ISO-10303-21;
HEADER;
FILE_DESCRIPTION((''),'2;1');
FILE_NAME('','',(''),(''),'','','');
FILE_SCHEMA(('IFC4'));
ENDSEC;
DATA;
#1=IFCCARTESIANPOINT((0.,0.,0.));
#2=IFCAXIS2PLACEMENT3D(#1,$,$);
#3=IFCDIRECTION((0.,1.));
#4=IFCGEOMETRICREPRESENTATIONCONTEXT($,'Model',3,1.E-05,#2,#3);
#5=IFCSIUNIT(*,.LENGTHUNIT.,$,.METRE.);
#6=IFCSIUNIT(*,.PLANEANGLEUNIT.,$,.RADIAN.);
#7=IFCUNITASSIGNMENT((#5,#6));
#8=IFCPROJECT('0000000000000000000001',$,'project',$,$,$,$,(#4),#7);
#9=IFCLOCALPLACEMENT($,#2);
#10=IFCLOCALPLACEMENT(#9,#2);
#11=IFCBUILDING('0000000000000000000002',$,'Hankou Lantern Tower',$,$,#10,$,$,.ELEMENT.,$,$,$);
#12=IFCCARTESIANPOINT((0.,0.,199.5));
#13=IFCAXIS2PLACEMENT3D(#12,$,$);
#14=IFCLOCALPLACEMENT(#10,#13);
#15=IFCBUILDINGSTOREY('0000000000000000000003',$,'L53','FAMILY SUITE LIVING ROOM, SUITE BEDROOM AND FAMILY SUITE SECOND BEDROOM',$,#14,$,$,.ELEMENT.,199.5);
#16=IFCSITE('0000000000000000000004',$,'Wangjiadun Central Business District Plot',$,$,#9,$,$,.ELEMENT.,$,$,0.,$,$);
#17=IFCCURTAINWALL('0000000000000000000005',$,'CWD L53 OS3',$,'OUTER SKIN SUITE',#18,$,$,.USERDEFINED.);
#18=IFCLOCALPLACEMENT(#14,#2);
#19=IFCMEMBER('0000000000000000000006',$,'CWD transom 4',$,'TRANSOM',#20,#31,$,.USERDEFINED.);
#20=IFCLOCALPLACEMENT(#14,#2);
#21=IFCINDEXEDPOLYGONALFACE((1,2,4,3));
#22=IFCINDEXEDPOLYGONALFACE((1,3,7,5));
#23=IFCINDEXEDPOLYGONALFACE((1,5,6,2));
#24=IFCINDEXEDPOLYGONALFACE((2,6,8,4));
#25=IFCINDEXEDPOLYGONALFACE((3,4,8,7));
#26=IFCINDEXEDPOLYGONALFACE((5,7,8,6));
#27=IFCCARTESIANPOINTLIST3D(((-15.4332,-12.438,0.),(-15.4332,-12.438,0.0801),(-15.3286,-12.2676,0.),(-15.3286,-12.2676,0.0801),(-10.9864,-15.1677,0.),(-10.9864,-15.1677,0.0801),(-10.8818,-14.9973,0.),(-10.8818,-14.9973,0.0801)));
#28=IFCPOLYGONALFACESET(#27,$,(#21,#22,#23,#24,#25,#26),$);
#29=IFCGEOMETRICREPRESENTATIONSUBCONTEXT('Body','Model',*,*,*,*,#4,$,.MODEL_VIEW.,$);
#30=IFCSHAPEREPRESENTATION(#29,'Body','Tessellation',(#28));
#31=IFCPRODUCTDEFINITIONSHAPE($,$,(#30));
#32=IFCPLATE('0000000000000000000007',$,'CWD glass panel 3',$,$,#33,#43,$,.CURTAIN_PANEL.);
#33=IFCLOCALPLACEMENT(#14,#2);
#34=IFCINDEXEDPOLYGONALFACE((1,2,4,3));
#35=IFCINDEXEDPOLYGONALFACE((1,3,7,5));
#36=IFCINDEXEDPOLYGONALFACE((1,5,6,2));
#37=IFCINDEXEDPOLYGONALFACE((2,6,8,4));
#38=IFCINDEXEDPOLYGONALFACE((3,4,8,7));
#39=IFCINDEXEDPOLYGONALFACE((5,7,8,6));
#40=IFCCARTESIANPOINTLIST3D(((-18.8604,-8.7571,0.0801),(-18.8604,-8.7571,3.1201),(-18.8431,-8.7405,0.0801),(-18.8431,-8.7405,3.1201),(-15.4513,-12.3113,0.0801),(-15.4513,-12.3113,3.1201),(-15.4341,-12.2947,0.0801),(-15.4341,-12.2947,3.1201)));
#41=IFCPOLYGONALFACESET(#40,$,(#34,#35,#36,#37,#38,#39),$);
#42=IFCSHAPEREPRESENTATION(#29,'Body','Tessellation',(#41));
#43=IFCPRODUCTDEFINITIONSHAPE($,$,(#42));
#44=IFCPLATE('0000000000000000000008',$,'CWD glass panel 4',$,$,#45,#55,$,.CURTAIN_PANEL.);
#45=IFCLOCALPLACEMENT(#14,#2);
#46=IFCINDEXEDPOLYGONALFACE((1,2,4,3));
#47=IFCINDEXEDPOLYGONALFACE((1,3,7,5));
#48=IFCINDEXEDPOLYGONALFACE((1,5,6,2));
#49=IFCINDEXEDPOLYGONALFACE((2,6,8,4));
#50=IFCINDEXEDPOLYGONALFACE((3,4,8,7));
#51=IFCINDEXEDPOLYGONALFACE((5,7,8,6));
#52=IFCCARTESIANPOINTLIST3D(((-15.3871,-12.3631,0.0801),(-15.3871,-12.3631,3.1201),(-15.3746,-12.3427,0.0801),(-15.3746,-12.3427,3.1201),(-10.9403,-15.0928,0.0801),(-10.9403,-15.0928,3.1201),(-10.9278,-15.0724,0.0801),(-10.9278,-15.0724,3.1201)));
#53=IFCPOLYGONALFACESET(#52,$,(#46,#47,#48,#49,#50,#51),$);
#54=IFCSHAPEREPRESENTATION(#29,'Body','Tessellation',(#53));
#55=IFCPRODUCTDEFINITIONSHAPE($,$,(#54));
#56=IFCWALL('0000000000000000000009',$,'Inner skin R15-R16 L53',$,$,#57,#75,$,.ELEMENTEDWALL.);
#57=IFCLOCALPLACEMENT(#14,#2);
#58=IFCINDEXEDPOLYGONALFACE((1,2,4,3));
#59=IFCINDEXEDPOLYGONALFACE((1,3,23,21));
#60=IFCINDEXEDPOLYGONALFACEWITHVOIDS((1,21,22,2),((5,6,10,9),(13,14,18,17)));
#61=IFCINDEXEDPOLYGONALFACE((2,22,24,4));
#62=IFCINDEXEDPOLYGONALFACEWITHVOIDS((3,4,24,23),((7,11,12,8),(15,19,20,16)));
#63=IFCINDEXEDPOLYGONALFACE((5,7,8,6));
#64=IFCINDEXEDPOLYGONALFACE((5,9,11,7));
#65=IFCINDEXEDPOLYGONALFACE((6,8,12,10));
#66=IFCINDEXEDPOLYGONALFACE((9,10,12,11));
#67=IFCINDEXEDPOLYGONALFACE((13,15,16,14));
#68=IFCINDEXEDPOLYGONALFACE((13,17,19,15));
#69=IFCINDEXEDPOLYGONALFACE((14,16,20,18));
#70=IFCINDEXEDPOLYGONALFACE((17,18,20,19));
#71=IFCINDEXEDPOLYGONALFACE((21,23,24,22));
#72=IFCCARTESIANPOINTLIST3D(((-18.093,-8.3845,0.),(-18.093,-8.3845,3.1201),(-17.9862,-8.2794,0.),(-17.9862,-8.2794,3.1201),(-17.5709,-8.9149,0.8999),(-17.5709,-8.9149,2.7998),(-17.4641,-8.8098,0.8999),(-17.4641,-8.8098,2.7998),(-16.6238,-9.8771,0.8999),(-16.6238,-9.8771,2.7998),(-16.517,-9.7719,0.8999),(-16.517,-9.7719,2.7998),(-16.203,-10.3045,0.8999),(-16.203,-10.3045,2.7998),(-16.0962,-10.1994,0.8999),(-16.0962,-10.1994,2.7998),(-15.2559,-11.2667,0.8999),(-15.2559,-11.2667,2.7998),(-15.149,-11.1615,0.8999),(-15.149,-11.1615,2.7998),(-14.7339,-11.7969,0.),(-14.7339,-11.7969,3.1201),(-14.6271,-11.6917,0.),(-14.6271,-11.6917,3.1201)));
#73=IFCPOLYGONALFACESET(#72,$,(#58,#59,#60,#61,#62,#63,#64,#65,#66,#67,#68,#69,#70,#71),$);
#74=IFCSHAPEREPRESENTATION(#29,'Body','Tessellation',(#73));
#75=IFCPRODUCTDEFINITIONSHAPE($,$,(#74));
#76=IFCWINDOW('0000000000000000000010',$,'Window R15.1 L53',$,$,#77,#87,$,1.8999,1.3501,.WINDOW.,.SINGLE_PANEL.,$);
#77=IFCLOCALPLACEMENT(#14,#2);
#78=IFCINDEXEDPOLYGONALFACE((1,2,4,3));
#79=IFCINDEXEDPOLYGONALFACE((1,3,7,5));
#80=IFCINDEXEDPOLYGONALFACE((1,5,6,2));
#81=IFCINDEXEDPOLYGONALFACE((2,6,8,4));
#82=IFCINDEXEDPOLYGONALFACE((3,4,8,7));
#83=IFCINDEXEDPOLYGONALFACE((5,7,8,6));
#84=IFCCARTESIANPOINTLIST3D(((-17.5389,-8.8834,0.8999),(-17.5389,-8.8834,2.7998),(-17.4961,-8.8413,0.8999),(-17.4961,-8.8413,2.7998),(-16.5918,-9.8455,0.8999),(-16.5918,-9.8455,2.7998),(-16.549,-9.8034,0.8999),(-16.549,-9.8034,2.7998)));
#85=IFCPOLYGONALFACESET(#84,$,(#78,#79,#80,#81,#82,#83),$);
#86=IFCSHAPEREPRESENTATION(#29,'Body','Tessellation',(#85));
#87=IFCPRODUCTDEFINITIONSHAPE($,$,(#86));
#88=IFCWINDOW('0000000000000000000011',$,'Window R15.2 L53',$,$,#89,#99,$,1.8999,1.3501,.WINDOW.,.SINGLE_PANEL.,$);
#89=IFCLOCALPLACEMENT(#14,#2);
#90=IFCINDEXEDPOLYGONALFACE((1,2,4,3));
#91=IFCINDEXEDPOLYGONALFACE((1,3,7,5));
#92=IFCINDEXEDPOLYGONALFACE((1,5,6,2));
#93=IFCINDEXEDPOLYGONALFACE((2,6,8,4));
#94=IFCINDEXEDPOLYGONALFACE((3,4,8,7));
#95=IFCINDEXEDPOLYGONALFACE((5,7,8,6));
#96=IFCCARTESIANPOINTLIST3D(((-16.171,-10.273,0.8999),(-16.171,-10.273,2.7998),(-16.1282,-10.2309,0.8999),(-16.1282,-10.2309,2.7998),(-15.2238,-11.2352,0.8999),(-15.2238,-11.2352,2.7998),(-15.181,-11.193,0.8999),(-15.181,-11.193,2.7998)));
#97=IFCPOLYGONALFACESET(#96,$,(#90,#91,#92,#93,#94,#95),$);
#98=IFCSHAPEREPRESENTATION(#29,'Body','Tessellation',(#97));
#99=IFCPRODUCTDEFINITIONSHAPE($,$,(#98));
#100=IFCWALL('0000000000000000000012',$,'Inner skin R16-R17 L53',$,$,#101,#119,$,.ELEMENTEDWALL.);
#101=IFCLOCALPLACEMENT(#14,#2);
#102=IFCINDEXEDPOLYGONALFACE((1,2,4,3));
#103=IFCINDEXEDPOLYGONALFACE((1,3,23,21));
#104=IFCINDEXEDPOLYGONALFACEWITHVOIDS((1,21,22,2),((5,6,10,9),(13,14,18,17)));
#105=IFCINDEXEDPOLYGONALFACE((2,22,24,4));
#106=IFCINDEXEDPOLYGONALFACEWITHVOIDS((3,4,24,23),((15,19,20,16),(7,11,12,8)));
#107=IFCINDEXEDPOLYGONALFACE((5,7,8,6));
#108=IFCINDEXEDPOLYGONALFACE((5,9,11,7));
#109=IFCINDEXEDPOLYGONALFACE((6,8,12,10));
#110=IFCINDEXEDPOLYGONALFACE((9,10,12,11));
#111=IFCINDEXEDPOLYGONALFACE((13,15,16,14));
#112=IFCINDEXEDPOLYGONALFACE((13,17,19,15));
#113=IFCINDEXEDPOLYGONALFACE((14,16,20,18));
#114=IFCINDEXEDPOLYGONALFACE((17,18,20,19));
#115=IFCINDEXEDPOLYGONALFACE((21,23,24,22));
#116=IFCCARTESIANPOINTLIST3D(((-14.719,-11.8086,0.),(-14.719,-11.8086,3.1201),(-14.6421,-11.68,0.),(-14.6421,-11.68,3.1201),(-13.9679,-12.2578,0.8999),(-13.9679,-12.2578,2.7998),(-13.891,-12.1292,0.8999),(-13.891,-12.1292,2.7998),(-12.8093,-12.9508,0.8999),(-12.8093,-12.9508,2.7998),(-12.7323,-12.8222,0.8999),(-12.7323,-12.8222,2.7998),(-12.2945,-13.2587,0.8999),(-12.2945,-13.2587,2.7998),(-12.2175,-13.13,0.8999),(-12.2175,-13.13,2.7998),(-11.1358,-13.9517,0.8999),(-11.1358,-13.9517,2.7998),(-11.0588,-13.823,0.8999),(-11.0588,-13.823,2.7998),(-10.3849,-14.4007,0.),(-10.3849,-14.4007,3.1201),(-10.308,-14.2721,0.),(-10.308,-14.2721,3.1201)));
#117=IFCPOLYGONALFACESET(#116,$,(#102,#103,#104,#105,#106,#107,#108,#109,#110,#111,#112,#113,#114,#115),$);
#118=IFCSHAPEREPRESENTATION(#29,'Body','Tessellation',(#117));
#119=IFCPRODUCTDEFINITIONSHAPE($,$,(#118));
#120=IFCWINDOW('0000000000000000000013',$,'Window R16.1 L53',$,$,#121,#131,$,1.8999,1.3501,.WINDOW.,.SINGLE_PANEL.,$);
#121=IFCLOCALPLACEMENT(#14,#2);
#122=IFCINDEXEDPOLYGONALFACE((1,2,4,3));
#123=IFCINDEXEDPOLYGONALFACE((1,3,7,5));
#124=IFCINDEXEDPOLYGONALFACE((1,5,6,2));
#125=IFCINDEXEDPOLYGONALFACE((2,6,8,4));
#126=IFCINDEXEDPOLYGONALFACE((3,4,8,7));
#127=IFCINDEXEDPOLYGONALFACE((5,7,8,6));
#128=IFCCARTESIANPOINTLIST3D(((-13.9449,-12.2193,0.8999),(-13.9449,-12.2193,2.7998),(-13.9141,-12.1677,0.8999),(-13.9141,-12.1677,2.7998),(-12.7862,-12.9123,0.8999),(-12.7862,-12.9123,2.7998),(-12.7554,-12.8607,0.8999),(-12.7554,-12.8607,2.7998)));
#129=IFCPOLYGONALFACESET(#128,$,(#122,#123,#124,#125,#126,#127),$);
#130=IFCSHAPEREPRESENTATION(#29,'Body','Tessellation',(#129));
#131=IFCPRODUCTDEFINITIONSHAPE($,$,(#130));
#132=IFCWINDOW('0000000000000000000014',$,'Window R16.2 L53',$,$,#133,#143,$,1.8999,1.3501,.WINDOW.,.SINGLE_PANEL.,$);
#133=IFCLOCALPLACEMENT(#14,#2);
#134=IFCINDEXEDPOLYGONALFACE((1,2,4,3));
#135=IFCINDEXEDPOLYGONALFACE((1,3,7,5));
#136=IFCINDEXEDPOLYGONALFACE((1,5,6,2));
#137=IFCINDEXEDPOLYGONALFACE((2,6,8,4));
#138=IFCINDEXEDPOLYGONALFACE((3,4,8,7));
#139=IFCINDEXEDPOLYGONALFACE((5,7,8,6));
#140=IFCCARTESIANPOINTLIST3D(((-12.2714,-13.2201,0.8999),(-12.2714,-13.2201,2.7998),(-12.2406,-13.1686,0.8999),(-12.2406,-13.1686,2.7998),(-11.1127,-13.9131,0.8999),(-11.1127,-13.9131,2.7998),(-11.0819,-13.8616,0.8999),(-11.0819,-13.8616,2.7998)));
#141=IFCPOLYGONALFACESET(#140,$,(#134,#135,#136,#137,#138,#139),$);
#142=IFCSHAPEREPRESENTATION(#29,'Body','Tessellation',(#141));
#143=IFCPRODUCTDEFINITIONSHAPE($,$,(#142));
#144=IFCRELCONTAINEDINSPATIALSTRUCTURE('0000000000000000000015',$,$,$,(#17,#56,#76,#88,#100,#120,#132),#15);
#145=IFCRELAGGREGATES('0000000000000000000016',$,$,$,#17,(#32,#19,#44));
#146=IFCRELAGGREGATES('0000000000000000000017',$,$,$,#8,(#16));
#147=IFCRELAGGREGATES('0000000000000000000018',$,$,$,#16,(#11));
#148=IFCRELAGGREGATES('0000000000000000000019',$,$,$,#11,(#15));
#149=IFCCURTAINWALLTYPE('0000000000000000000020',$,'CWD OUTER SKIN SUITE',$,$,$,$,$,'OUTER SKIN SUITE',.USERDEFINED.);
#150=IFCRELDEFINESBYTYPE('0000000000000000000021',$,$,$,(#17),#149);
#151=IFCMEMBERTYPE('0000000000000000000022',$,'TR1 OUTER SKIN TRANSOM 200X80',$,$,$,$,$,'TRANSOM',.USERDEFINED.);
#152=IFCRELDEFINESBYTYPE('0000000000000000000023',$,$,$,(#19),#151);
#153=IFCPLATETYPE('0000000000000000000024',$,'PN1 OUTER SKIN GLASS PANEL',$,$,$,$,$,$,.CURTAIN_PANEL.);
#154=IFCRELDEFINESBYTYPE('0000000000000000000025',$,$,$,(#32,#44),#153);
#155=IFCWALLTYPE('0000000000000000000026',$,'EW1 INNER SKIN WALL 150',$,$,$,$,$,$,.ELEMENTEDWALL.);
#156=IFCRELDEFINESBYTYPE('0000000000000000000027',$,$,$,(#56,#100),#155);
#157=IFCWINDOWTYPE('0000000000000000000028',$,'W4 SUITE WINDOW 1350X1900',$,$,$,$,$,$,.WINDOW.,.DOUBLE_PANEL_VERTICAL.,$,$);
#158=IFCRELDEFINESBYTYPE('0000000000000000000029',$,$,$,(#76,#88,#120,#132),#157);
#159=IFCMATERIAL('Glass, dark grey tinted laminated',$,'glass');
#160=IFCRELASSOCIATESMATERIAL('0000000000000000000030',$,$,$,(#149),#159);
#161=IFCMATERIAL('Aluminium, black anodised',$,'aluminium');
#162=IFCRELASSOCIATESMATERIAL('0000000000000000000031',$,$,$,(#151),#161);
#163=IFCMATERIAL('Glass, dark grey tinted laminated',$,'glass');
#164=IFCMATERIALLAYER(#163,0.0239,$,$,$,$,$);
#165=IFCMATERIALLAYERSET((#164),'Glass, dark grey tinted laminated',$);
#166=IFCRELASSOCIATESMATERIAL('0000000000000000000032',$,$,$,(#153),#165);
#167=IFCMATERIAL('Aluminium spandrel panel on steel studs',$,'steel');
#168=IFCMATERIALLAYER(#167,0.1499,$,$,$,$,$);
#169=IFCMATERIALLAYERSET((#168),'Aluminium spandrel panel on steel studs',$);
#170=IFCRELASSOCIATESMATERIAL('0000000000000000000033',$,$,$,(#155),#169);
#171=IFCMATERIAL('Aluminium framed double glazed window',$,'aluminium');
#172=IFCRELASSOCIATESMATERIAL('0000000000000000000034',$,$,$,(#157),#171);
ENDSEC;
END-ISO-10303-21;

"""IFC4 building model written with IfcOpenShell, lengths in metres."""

from ifc_helpers import new_model, si_unit, direction, frame, frame_2d, origin, origin_2d, place, context, subcontext, project, spatial, rectangle, extrude, material, layer, layer_set, material_profile, profile_set, type_object, element, fill, aggregate, save


model = new_model("IFC4")

# Units and contexts
model_context = context("Model", 3, precision=1e-05, world=origin(), true_north=direction((0.0, 1.0)))
body_context = subcontext(model_context, "Body", "Model", "MODEL_VIEW")
ifc_project = project(units=[si_unit("LENGTHUNIT", "METRE"), si_unit("PLANEANGLEUNIT", "RADIAN")], contexts=[model_context])

# Site, building, storey
site_placement = place(None, origin())
site = spatial("IfcSite", under=ifc_project, at=site_placement, Name="Wangjiadun Central Business District Plot", CompositionType="ELEMENT", RefElevation=0.0)
building_placement = place(site_placement, origin())
building = spatial("IfcBuilding", under=site, at=building_placement, Name="Hankou Lantern Tower", CompositionType="ELEMENT")
storey_placement = place(building_placement, frame((0.0, 0.0, 199.5)))
storey = spatial("IfcBuildingStorey", under=building, at=storey_placement, Name="L53", Description="FAMILY SUITE LIVING ROOM, SUITE BEDROOM AND FAMILY SUITE SECOND BEDROOM", CompositionType="ELEMENT", Elevation=199.5)

# Curtain wall
ifc_material_1 = material(Name="Glass, dark grey tinted laminated", Category="glass")
curtain_wall_type = type_object("IfcCurtainWallType", Name="CWD OUTER SKIN SUITE", ElementType="OUTER SKIN SUITE", PredefinedType="USERDEFINED", material=ifc_material_1)
curtain_wall_placement = place(storey_placement, origin())
curtain_wall = element("IfcCurtainWall", 1, at=curtain_wall_placement, inside=storey, type_object=curtain_wall_type, Name="CWD L53 OS3", ObjectType="OUTER SKIN SUITE", PredefinedType="USERDEFINED")

# Member
ifc_material_2 = material(Name="Aluminium, black anodised", Category="aluminium")
ifc_material_profile_1 = material_profile(ifc_material_2, rectangle(XDim=0.2, YDim=0.0801, at=origin_2d()), Name="TR1 200X80")
ifc_profile_set_1 = profile_set([ifc_material_profile_1], Name="Aluminium, black anodised")
member_type_1 = type_object("IfcMemberType", Name="TR1 OUTER SKIN TRANSOM 200X80", ElementType="TRANSOM", PredefinedType="USERDEFINED", material=ifc_profile_set_1)
member_1_placement = place(storey_placement, frame((-15.3809, -12.3528, 0.04), z_axis=(0.852235, -0.52316, 0.0), x_axis=(0.52316, 0.852235, 0.0)))
member_1 = element("IfcMember", 2, at=member_1_placement, type_object=member_type_1, Name="CWD transom 4", ObjectType="TRANSOM", PredefinedType="USERDEFINED", context=body_context, shape_type="SweptSolid", body=[
    extrude(rectangle(XDim=0.2, YDim=0.0801, at=origin_2d()), origin(), (0.0, 0.0, 1.0), 5.2178),
])

# Plates
ifc_material_3 = material(Name="Glass, dark grey tinted laminated", Category="glass")
ifc_layer_1 = layer(ifc_material_3, 0.0239)
ifc_layer_set_1 = layer_set([ifc_layer_1], Name="Glass, dark grey tinted laminated")
plate_type = type_object("IfcPlateType", Name="PN1 OUTER SKIN GLASS PANEL", PredefinedType="CURTAIN_PANEL", material=ifc_layer_set_1)
plate_1_placement = place(storey_placement, frame((-17.1472, -10.5259, 0.0801), z_axis=(0.0, 0.0, 1.0), x_axis=(0.692216, -0.721691, 0.0)))
plate_1 = element("IfcPlate", 3, at=plate_1_placement, type_object=plate_type, Name="CWD glass panel 3", PredefinedType="CURTAIN_PANEL", context=body_context, shape_type="SweptSolid", body=[
    extrude(rectangle(XDim=4.9248, YDim=0.0239, at=origin_2d()), origin(), (0.0, 0.0, 1.0), 3.04),
])
plate_2_placement = place(storey_placement, frame((-13.1575, -13.7178, 0.0801), z_axis=(0.0, 0.0, 1.0), x_axis=(0.852237, -0.523156, 0.0)))
plate_2 = element("IfcPlate", 4, at=plate_2_placement, type_object=plate_type, Name="CWD glass panel 4", PredefinedType="CURTAIN_PANEL", context=body_context, shape_type="SweptSolid", body=[
    extrude(rectangle(XDim=5.2178, YDim=0.0239, at=origin_2d()), origin(), (0.0, 0.0, 1.0), 3.04),
])
aggregate(curtain_wall, [plate_1, member_1, plate_2])

# Walls, openings, windows
ifc_material_4 = material(Name="Aluminium spandrel panel on steel studs", Category="steel")
ifc_layer_2 = layer(ifc_material_4, 0.1499)
ifc_layer_set_2 = layer_set([ifc_layer_2], Name="Aluminium spandrel panel on steel studs")
wall_type_1 = type_object("IfcWallType", Name="EW1 INNER SKIN WALL 150", PredefinedType="ELEMENTEDWALL", material=ifc_layer_set_2)
wall_1_placement = place(storey_placement, frame((-18.0396, -8.332, 0.0), z_axis=(0.0, 0.0, 1.0), x_axis=(0.701527, -0.712643, 0.0)))
wall_1 = element("IfcWall", 5, at=wall_1_placement, inside=storey, type_object=wall_type_1, Name="Inner skin R15-R16 L53", PredefinedType="ELEMENTEDWALL", context=body_context, shape_type="SweptSolid", body=[
    extrude(rectangle(XDim=4.7883, YDim=0.1499, at=frame_2d((2.394, 0.0))), origin(), (0.0, 0.0, 1.0), 3.1201),
])
opening_1_placement = place(wall_1_placement, frame((0.7441, 0.0, 0.8999)))
opening_1 = element("IfcOpeningElement", 6, at=opening_1_placement, cuts=wall_1, PredefinedType="OPENING", context=body_context, shape_type="SweptSolid", body=[
    extrude(rectangle(XDim=1.3501, YDim=1.8999, at=frame_2d((0.675, 0.95))), frame((0.0, 0.085, 0.0), z_axis=(0.0, -1.0, 0.0), x_axis=(1.0, 0.0, 0.0)), (0.0, 0.0, 1.0), 0.1699),
])
opening_2_placement = place(wall_1_placement, frame((2.6941, 0.0, 0.8999)))
opening_2 = element("IfcOpeningElement", 7, at=opening_2_placement, cuts=wall_1, PredefinedType="OPENING", context=body_context, shape_type="SweptSolid", body=[
    extrude(rectangle(XDim=1.3501, YDim=1.8999, at=frame_2d((0.675, 0.95))), frame((0.0, 0.085, 0.0), z_axis=(0.0, -1.0, 0.0), x_axis=(1.0, 0.0, 0.0)), (0.0, 0.0, 1.0), 0.1699),
])
ifc_material_5 = material(Name="Aluminium framed double glazed window", Category="aluminium")
window_type = type_object("IfcWindowType", Name="W4 SUITE WINDOW 1350X1900", PartitioningType="DOUBLE_PANEL_VERTICAL", PredefinedType="WINDOW", material=ifc_material_5)
window_1_placement = place(opening_1_placement, origin())
window_1 = element("IfcWindow", 8, at=window_1_placement, inside=storey, type_object=window_type, Name="Window R15.1 L53", OverallHeight=1.8999, OverallWidth=1.3501, PartitioningType="SINGLE_PANEL", PredefinedType="WINDOW", context=body_context, shape_type="SweptSolid", body=[
    extrude(rectangle(XDim=1.3501, YDim=1.8999, at=frame_2d((0.675, 0.95))), frame((0.0, 0.03, 0.0), z_axis=(0.0, -1.0, 0.0), x_axis=(1.0, 0.0, 0.0)), (0.0, 0.0, 1.0), 0.0601),
])
fill(opening_1, window_1)
window_2_placement = place(opening_2_placement, origin())
window_2 = element("IfcWindow", 9, at=window_2_placement, inside=storey, type_object=window_type, Name="Window R15.2 L53", OverallHeight=1.8999, OverallWidth=1.3501, PartitioningType="SINGLE_PANEL", PredefinedType="WINDOW", context=body_context, shape_type="SweptSolid", body=[
    extrude(rectangle(XDim=1.3501, YDim=1.8999, at=frame_2d((0.675, 0.95))), frame((0.0, 0.03, 0.0), z_axis=(0.0, -1.0, 0.0), x_axis=(1.0, 0.0, 0.0)), (0.0, 0.0, 1.0), 0.0601),
])
fill(opening_2, window_2)
wall_2_placement = place(storey_placement, frame((-14.6804, -11.7444, 0.0), z_axis=(0.0, 0.0, 1.0), x_axis=(0.858222, -0.51328, 0.0)))
wall_2 = element("IfcWall", 10, at=wall_2_placement, inside=storey, type_object=wall_type_1, Name="Inner skin R16-R17 L53", PredefinedType="ELEMENTEDWALL", context=body_context, shape_type="SweptSolid", body=[
    extrude(rectangle(XDim=5.05, YDim=0.1499, at=frame_2d((2.5249, 0.0))), origin(), (0.0, 0.0, 1.0), 3.1201),
])
opening_3_placement = place(wall_2_placement, frame((0.875, 0.0, 0.8999)))
opening_3 = element("IfcOpeningElement", 11, at=opening_3_placement, cuts=wall_2, PredefinedType="OPENING", context=body_context, shape_type="SweptSolid", body=[
    extrude(rectangle(XDim=1.3501, YDim=1.8999, at=frame_2d((0.675, 0.95))), frame((0.0, 0.085, 0.0), z_axis=(0.0, -1.0, 0.0), x_axis=(1.0, 0.0, 0.0)), (0.0, 0.0, 1.0), 0.1699),
])
opening_4_placement = place(wall_2_placement, frame((2.825, 0.0, 0.8999)))
opening_4 = element("IfcOpeningElement", 12, at=opening_4_placement, cuts=wall_2, PredefinedType="OPENING", context=body_context, shape_type="SweptSolid", body=[
    extrude(rectangle(XDim=1.3501, YDim=1.8999, at=frame_2d((0.675, 0.95))), frame((0.0, 0.085, 0.0), z_axis=(0.0, -1.0, 0.0), x_axis=(1.0, 0.0, 0.0)), (0.0, 0.0, 1.0), 0.1699),
])
window_3_placement = place(opening_3_placement, origin())
window_3 = element("IfcWindow", 13, at=window_3_placement, inside=storey, type_object=window_type, Name="Window R16.1 L53", OverallHeight=1.8999, OverallWidth=1.3501, PartitioningType="SINGLE_PANEL", PredefinedType="WINDOW", context=body_context, shape_type="SweptSolid", body=[
    extrude(rectangle(XDim=1.3501, YDim=1.8999, at=frame_2d((0.675, 0.95))), frame((0.0, 0.03, 0.0), z_axis=(0.0, -1.0, 0.0), x_axis=(1.0, 0.0, 0.0)), (0.0, 0.0, 1.0), 0.0601),
])
fill(opening_3, window_3)
window_4_placement = place(opening_4_placement, origin())
window_4 = element("IfcWindow", 14, at=window_4_placement, inside=storey, type_object=window_type, Name="Window R16.2 L53", OverallHeight=1.8999, OverallWidth=1.3501, PartitioningType="SINGLE_PANEL", PredefinedType="WINDOW", context=body_context, shape_type="SweptSolid", body=[
    extrude(rectangle(XDim=1.3501, YDim=1.8999, at=frame_2d((0.675, 0.95))), frame((0.0, 0.03, 0.0), z_axis=(0.0, -1.0, 0.0), x_axis=(1.0, 0.0, 0.0)), (0.0, 0.0, 1.0), 0.0601),
])
fill(opening_4, window_4)

save(model, "model.ifc")
